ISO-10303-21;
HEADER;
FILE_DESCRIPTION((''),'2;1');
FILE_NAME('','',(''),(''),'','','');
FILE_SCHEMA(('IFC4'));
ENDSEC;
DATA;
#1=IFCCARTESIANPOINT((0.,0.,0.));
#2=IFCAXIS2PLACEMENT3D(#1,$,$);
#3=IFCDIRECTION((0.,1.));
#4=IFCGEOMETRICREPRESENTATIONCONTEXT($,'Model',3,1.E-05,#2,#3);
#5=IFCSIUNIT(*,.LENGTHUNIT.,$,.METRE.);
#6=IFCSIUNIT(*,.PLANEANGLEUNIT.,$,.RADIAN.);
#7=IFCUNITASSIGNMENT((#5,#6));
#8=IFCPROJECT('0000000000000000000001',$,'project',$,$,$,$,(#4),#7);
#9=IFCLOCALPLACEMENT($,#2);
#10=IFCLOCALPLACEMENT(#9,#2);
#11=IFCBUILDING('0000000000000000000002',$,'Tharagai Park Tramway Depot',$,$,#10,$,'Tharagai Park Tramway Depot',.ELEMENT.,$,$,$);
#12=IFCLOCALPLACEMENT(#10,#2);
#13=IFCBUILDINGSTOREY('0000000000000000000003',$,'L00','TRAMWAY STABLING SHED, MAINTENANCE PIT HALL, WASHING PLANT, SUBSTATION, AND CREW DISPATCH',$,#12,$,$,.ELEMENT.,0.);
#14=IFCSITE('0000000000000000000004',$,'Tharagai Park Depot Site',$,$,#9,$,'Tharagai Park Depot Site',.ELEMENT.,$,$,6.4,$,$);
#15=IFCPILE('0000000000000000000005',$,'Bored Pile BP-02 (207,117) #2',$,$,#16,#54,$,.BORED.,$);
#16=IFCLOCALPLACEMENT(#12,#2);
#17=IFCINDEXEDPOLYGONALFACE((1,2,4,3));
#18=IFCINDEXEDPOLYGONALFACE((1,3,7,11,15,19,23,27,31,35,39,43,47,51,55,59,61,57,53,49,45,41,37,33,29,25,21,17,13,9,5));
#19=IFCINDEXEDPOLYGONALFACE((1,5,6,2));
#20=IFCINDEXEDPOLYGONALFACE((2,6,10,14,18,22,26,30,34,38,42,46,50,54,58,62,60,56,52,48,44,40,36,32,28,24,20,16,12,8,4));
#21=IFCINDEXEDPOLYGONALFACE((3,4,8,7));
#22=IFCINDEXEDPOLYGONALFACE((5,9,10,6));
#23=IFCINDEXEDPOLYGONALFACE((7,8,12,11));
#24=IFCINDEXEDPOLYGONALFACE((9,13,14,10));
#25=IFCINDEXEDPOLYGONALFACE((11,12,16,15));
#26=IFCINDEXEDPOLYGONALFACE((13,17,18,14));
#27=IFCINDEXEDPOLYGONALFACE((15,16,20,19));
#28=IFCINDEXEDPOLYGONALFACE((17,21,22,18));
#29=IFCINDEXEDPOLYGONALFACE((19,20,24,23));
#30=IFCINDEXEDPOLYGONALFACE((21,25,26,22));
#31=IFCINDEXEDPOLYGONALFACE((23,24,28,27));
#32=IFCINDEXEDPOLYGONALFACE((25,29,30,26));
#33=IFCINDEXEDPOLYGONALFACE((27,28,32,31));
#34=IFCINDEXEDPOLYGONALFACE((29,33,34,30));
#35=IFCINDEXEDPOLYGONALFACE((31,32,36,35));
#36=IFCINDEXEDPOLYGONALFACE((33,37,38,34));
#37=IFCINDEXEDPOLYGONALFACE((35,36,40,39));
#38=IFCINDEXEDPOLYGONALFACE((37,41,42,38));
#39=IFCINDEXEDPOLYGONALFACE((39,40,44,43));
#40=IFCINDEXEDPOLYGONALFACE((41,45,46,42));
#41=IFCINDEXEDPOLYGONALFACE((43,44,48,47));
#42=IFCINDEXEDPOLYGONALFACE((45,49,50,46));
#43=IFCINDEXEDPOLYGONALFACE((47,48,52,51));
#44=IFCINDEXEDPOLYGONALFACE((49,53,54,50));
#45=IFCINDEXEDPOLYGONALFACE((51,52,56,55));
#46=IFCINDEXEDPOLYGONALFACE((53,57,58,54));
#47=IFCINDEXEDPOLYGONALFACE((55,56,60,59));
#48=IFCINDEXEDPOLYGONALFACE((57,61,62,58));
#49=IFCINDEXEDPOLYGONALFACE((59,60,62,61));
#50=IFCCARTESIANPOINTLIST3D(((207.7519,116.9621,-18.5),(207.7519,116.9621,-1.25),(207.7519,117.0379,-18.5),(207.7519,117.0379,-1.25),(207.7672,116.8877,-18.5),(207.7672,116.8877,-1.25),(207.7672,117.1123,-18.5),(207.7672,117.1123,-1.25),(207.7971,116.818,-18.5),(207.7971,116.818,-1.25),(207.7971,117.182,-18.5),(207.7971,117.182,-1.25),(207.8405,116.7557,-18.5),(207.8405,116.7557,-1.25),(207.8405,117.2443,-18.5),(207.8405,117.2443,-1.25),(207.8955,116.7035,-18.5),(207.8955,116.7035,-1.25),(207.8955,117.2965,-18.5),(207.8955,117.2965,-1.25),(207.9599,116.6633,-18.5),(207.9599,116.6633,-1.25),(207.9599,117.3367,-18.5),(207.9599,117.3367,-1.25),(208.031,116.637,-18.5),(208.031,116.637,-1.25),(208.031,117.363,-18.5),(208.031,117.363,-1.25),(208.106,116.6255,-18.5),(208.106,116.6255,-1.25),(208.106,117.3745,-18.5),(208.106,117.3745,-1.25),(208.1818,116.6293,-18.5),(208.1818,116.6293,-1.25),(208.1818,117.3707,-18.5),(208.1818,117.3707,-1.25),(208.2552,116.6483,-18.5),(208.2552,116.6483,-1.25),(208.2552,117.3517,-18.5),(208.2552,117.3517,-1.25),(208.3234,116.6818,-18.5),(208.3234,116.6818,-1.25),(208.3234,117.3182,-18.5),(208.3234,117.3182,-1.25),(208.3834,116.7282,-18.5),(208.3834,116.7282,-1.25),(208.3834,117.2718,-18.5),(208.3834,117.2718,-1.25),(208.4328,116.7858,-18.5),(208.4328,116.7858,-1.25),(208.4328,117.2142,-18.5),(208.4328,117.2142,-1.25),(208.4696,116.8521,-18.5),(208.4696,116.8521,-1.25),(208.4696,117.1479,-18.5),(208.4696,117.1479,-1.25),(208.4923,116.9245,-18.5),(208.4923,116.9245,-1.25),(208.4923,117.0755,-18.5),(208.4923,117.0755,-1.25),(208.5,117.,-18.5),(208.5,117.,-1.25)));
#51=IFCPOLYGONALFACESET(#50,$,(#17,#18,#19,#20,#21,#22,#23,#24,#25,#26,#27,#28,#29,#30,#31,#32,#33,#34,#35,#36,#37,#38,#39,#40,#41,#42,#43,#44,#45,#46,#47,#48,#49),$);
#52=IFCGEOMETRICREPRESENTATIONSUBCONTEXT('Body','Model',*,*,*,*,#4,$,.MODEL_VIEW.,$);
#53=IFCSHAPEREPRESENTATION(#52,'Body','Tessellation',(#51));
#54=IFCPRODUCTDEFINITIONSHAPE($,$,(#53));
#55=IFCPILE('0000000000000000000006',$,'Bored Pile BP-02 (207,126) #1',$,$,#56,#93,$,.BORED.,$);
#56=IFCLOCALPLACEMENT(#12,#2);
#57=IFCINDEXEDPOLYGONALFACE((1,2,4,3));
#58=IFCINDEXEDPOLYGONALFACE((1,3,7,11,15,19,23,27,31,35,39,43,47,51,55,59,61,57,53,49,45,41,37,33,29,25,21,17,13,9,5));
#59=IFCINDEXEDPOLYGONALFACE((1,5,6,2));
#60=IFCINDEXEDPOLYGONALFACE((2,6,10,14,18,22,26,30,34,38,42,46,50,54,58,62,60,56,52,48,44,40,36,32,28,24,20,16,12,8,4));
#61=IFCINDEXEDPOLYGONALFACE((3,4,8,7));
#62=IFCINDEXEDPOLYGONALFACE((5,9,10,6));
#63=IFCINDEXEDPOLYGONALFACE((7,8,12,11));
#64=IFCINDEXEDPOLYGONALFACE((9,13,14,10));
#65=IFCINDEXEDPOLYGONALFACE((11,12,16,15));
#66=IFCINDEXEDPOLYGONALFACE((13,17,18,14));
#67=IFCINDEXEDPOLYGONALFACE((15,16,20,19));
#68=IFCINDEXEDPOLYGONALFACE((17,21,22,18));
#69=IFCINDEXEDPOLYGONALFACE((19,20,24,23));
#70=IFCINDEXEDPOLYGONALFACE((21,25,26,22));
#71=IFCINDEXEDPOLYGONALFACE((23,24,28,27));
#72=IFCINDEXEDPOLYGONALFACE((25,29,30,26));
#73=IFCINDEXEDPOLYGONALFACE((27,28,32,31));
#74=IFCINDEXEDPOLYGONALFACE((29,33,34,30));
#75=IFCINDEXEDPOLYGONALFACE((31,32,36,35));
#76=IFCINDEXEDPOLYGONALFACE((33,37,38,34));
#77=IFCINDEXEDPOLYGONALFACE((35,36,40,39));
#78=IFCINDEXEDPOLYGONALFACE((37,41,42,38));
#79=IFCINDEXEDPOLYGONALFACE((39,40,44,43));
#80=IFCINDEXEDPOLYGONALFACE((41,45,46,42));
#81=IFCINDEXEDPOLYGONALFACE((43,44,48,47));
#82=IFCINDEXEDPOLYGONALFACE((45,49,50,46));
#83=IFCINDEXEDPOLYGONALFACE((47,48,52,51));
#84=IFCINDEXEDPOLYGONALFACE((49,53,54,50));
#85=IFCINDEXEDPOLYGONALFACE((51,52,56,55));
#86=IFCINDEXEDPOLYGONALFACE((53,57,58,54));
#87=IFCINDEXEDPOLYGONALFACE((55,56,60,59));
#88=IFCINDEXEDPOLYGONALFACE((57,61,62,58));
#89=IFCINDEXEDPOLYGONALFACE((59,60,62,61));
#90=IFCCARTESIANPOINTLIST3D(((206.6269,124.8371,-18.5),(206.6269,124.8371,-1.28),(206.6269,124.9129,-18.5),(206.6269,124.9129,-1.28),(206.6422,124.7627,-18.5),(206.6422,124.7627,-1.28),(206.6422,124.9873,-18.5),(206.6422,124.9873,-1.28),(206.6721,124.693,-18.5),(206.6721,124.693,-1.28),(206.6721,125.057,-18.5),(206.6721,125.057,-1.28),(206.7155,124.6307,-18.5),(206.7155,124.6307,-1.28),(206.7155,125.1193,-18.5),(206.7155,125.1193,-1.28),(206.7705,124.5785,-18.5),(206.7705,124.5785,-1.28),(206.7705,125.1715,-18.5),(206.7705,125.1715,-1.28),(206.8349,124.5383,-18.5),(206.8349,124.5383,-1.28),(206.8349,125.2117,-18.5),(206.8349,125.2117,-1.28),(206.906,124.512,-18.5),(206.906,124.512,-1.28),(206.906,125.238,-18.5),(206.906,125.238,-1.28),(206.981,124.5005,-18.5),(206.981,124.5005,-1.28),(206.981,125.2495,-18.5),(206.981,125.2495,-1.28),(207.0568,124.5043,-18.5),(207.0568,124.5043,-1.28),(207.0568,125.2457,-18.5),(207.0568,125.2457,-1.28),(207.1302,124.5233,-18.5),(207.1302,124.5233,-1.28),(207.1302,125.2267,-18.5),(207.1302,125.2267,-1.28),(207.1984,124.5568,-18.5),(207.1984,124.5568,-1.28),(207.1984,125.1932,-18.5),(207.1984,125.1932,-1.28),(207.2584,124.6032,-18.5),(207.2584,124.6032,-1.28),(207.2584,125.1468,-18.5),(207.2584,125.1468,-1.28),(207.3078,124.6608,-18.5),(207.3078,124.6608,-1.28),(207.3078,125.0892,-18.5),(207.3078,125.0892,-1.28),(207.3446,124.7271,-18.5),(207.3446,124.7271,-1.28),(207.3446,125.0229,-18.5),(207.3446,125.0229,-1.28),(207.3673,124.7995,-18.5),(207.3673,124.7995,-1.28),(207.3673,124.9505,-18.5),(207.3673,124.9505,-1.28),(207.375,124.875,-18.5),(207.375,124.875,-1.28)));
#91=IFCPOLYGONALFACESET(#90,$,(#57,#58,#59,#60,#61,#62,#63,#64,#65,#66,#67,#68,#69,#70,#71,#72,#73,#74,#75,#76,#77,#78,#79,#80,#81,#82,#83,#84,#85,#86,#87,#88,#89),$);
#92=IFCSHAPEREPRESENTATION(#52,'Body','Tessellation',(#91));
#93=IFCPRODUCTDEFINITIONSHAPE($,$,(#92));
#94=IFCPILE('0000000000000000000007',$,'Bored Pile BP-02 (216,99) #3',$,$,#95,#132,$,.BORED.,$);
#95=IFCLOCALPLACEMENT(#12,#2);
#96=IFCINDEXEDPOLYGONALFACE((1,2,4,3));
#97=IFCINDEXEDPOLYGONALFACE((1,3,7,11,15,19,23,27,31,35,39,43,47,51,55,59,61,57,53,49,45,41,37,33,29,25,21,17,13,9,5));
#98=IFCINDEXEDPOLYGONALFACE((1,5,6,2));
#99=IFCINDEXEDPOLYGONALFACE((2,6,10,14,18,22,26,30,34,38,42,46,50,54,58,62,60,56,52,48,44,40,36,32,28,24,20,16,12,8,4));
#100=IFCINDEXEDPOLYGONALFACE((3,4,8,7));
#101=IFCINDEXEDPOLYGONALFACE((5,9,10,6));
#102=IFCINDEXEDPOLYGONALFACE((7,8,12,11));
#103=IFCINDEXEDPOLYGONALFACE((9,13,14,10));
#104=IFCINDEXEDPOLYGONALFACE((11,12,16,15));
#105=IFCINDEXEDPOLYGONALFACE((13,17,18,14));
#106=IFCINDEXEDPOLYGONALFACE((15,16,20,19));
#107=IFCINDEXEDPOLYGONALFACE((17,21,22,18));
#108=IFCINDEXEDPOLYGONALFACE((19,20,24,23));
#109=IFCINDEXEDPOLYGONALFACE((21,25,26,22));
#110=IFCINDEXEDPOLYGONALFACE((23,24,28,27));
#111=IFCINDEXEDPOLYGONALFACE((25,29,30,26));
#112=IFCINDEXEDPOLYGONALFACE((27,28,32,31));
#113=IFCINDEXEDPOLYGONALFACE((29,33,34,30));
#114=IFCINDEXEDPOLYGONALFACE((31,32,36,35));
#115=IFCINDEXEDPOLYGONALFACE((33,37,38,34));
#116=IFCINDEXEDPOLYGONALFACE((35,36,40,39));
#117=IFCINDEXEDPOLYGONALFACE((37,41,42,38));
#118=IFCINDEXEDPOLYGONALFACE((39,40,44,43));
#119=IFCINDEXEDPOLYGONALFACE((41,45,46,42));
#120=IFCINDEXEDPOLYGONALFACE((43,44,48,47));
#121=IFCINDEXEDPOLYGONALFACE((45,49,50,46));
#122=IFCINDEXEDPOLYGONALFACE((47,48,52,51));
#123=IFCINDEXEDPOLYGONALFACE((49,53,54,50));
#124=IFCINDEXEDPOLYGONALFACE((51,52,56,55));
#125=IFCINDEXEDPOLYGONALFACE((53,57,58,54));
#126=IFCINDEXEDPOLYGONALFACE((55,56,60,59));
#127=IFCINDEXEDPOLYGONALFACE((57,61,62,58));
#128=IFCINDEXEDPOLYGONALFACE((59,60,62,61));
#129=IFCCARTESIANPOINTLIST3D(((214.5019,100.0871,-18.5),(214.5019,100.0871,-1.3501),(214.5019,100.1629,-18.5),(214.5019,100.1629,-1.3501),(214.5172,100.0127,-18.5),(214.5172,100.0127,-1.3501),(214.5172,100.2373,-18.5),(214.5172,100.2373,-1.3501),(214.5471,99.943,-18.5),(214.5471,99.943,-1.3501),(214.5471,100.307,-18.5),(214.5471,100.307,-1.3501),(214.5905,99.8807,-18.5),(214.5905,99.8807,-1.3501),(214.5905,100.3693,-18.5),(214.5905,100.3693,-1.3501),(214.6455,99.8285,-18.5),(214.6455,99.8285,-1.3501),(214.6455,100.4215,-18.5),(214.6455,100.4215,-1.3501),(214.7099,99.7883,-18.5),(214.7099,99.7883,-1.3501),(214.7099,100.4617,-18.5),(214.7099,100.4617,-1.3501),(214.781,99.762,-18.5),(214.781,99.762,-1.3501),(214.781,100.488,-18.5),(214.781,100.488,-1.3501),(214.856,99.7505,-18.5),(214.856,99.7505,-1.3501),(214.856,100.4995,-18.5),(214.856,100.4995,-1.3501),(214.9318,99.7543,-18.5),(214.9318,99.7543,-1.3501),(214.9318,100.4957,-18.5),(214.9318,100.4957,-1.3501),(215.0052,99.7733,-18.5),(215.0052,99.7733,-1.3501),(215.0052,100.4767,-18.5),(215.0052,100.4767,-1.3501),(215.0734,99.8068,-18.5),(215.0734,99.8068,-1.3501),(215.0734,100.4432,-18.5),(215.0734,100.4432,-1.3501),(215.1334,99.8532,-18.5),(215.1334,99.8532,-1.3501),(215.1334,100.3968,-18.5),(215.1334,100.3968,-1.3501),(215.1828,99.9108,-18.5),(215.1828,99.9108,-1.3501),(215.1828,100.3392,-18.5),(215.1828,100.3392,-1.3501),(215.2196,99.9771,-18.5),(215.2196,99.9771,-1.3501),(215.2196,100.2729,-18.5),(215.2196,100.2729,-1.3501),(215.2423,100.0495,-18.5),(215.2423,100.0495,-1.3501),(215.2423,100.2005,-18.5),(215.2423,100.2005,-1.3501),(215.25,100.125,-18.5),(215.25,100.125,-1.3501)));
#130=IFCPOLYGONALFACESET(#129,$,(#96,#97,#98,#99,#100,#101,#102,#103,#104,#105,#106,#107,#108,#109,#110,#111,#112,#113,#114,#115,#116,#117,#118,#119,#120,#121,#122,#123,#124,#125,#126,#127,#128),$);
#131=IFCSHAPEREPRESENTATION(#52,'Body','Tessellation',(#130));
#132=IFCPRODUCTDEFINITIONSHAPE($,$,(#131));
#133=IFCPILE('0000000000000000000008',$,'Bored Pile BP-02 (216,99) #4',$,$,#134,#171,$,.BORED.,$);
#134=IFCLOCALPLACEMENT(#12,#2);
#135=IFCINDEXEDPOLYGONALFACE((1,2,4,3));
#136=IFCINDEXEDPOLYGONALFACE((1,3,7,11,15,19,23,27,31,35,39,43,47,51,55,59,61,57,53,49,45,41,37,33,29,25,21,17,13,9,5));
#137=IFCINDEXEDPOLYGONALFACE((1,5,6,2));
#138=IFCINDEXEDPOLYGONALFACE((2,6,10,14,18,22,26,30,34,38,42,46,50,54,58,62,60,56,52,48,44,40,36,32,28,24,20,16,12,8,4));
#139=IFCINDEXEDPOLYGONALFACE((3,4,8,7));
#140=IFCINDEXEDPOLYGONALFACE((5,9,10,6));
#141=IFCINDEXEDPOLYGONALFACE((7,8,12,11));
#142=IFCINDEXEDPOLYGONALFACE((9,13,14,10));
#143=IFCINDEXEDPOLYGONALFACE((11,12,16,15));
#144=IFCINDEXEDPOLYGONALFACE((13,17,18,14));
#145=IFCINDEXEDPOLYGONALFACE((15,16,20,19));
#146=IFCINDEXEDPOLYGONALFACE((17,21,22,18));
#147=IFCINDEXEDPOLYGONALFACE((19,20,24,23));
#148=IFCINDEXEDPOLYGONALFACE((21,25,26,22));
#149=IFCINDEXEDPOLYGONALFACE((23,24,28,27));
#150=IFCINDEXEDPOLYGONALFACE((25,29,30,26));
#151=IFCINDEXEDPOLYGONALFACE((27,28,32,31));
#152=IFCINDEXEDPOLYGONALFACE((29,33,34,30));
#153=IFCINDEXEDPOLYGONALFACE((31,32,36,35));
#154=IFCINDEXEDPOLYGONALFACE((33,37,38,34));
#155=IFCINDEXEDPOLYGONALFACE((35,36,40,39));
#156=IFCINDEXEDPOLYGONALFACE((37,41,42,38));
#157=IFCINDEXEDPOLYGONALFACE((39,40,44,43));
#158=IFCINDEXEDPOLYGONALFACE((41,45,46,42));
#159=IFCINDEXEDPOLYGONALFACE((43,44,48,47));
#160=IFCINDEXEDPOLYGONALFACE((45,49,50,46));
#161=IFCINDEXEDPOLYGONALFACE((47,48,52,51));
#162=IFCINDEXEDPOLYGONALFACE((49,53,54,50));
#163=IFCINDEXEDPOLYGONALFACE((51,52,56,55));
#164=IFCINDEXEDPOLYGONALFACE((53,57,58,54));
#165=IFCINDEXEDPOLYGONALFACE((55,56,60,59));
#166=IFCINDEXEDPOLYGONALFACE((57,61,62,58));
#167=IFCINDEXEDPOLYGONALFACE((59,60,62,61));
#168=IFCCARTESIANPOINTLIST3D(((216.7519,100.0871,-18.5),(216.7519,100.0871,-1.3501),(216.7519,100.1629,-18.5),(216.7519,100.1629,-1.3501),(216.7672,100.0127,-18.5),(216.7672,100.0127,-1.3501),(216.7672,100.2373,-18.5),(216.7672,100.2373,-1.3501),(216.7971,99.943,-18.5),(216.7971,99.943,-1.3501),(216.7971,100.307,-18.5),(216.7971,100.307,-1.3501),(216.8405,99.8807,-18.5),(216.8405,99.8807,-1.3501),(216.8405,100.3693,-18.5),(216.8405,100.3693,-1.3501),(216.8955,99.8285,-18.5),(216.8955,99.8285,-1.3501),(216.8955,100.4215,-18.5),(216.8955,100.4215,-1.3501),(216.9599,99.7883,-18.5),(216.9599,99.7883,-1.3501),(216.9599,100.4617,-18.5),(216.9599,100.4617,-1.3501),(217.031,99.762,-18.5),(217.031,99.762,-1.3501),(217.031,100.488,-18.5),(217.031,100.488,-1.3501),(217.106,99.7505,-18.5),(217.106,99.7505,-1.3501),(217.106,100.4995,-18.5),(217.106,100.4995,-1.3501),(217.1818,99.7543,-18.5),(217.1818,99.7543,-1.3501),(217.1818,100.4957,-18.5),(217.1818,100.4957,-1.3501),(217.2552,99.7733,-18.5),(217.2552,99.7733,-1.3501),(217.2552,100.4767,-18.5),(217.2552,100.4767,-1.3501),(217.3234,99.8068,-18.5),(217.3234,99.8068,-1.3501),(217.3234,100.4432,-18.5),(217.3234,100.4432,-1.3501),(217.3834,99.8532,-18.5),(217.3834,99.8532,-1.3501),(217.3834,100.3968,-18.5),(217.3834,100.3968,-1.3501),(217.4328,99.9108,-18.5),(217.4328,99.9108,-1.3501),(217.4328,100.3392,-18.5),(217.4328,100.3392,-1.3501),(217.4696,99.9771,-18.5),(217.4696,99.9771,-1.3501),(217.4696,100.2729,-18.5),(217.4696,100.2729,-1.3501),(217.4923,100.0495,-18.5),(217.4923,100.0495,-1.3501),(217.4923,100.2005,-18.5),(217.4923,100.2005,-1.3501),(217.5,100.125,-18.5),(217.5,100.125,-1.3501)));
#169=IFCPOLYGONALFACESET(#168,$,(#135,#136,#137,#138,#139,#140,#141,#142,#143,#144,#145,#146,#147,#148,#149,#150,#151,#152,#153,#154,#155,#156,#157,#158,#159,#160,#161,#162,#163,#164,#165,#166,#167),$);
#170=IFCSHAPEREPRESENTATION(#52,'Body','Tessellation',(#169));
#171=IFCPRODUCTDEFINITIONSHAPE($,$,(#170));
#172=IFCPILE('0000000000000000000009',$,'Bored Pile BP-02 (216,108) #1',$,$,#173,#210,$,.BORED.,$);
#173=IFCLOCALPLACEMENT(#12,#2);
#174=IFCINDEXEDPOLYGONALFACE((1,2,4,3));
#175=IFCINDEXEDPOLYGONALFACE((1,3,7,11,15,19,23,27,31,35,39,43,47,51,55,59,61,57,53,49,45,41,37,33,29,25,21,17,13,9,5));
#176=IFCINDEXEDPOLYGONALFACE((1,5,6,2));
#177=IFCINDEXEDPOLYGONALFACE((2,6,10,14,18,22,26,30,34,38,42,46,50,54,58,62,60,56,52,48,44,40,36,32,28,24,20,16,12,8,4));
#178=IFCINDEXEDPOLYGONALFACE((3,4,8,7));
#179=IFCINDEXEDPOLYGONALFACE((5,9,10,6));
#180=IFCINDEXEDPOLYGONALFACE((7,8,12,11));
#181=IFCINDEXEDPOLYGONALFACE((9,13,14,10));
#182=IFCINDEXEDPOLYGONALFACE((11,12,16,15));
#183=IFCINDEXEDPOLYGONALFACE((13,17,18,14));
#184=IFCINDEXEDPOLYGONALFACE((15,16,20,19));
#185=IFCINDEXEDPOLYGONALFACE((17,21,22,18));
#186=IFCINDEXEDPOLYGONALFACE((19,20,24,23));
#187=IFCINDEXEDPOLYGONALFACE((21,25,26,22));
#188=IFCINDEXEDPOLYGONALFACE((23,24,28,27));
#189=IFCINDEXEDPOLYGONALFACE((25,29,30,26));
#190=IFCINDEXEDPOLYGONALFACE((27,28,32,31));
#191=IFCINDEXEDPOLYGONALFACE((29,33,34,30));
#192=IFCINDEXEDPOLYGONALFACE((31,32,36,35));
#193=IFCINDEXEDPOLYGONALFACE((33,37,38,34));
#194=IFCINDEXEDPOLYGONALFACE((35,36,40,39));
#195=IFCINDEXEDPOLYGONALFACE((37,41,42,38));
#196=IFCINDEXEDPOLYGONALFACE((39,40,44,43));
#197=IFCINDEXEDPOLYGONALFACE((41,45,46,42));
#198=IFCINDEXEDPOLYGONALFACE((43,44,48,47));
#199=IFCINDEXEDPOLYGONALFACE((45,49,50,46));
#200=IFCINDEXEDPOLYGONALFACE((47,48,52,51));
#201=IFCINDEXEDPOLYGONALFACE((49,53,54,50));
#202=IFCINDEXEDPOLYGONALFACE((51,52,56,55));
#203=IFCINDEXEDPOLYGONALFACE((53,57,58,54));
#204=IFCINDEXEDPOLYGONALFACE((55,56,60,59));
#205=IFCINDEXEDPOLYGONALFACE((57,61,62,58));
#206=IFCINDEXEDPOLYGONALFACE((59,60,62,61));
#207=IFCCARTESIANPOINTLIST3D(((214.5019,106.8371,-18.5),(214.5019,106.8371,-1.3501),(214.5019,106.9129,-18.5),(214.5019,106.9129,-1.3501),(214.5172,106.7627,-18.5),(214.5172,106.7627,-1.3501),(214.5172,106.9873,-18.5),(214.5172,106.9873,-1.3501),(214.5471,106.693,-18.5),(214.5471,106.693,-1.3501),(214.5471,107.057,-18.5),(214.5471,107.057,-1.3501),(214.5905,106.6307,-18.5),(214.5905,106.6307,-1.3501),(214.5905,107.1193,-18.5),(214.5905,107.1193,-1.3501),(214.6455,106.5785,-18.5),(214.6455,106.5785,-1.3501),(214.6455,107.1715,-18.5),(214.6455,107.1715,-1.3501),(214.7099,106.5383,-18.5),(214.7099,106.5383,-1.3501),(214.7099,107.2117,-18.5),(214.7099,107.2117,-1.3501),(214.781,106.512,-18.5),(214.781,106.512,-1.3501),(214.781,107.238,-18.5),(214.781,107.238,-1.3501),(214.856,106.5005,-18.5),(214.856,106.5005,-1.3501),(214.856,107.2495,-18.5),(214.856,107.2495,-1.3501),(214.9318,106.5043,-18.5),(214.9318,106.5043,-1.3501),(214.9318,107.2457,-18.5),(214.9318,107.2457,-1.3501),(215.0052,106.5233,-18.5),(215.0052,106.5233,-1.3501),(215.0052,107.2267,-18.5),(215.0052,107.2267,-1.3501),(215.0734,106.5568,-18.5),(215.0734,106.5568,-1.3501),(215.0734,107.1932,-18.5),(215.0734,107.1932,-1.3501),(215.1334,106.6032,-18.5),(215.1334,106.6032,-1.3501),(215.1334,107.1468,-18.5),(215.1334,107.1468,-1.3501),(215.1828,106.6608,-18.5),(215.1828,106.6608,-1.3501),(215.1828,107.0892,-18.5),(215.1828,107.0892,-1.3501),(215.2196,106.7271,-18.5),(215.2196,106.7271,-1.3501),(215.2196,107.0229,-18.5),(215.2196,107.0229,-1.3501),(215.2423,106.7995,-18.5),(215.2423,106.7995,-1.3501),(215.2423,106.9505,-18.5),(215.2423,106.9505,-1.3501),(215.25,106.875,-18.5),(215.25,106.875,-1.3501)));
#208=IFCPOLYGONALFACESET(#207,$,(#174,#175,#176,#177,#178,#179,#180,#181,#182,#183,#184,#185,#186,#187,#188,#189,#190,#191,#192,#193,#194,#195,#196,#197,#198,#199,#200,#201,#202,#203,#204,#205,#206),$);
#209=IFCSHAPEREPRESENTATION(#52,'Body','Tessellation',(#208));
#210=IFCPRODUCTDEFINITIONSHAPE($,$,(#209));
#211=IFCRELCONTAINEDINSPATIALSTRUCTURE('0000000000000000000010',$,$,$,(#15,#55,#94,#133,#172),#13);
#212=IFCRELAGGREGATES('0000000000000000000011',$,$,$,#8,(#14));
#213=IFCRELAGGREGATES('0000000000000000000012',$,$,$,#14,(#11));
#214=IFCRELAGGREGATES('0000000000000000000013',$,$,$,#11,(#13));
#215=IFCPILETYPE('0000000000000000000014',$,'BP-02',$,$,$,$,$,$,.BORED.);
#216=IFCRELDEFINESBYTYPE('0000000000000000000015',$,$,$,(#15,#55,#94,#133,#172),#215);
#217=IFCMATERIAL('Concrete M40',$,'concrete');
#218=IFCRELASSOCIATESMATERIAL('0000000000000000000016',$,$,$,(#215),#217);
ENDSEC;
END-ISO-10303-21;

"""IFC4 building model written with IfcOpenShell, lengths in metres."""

from ifc_helpers import new_model, si_unit, direction, frame, origin, origin_2d, place, context, subcontext, project, spatial, circle, extrude, material, material_profile, profile_set, type_object, element, save


model = new_model("IFC4")

# Units and contexts
model_context = context("Model", 3, precision=1e-05, world=origin(), true_north=direction((0.0, 1.0)))
body_context = subcontext(model_context, "Body", "Model", "MODEL_VIEW")
ifc_project = project(units=[si_unit("LENGTHUNIT", "METRE"), si_unit("PLANEANGLEUNIT", "RADIAN")], contexts=[model_context])

# Site, building, storey
site_placement = place(None, origin())
site = spatial("IfcSite", under=ifc_project, at=site_placement, Name="Tharagai Park Depot Site", LongName="Tharagai Park Depot Site", CompositionType="ELEMENT", RefElevation=6.4)
building_placement = place(site_placement, origin())
building = spatial("IfcBuilding", under=site, at=building_placement, Name="Tharagai Park Tramway Depot", LongName="Tharagai Park Tramway Depot", CompositionType="ELEMENT")
storey_placement = place(building_placement, origin())
storey = spatial("IfcBuildingStorey", under=building, at=storey_placement, Name="L00", Description="TRAMWAY STABLING SHED, MAINTENANCE PIT HALL, WASHING PLANT, SUBSTATION, AND CREW DISPATCH", CompositionType="ELEMENT", Elevation=0.0)

# Piles
ifc_material_1 = material(Name="Concrete M40", Category="concrete")
ifc_material_profile_1 = material_profile(ifc_material_1, circle(Radius=0.375, at=origin_2d()), Name="PILE D750")
ifc_profile_set_1 = profile_set([ifc_material_profile_1], Name="Concrete M40")
pile_type = type_object("IfcPileType", Name="BP-02", PredefinedType="BORED", material=ifc_profile_set_1)
pile_1_placement = place(storey_placement, frame((208.125, 117.0, -1.25), z_axis=(0.0, 0.0, -1.0), x_axis=(1.0, 0.0, 0.0)))
element("IfcPile", 1, at=pile_1_placement, inside=storey, type_object=pile_type, Name="Bored Pile BP-02 (207,117) #2", PredefinedType="BORED", context=body_context, shape_type="SweptSolid", body=[
    extrude(circle(Radius=0.375, at=origin_2d()), origin(), (0.0, 0.0, 1.0), 17.25),
])
pile_2_placement = place(storey_placement, frame((207.0, 124.875, -1.28), z_axis=(0.0, 0.0, -1.0), x_axis=(1.0, 0.0, 0.0)))
element("IfcPile", 2, at=pile_2_placement, inside=storey, type_object=pile_type, Name="Bored Pile BP-02 (207,126) #1", PredefinedType="BORED", context=body_context, shape_type="SweptSolid", body=[
    extrude(circle(Radius=0.375, at=origin_2d()), origin(), (0.0, 0.0, 1.0), 17.22),
])
for number, where, z_axis, x_axis, name in (
    (3, (214.875, 100.125, -1.3501), (0.0, 0.0, -1.0), (1.0, 0.0, 0.0), "Bored Pile BP-02 (216,99) #3"),
    (4, (217.125, 100.125, -1.3501), (0.0, 0.0, -1.0), (1.0, 0.0, 0.0), "Bored Pile BP-02 (216,99) #4"),
    (5, (214.875, 106.875, -1.3501), (0.0, 0.0, -1.0), (1.0, 0.0, 0.0), "Bored Pile BP-02 (216,108) #1"),
):
    element("IfcPile", number, at=place(storey_placement, frame(where, z_axis=z_axis, x_axis=x_axis)), inside=storey, type_object=pile_type, Name=name, PredefinedType="BORED", context=body_context, shape_type="SweptSolid", body=[
        extrude(circle(Radius=0.375, at=origin_2d()), origin(), (0.0, 0.0, 1.0), 17.1499),
    ])

save(model, "model.ifc")
